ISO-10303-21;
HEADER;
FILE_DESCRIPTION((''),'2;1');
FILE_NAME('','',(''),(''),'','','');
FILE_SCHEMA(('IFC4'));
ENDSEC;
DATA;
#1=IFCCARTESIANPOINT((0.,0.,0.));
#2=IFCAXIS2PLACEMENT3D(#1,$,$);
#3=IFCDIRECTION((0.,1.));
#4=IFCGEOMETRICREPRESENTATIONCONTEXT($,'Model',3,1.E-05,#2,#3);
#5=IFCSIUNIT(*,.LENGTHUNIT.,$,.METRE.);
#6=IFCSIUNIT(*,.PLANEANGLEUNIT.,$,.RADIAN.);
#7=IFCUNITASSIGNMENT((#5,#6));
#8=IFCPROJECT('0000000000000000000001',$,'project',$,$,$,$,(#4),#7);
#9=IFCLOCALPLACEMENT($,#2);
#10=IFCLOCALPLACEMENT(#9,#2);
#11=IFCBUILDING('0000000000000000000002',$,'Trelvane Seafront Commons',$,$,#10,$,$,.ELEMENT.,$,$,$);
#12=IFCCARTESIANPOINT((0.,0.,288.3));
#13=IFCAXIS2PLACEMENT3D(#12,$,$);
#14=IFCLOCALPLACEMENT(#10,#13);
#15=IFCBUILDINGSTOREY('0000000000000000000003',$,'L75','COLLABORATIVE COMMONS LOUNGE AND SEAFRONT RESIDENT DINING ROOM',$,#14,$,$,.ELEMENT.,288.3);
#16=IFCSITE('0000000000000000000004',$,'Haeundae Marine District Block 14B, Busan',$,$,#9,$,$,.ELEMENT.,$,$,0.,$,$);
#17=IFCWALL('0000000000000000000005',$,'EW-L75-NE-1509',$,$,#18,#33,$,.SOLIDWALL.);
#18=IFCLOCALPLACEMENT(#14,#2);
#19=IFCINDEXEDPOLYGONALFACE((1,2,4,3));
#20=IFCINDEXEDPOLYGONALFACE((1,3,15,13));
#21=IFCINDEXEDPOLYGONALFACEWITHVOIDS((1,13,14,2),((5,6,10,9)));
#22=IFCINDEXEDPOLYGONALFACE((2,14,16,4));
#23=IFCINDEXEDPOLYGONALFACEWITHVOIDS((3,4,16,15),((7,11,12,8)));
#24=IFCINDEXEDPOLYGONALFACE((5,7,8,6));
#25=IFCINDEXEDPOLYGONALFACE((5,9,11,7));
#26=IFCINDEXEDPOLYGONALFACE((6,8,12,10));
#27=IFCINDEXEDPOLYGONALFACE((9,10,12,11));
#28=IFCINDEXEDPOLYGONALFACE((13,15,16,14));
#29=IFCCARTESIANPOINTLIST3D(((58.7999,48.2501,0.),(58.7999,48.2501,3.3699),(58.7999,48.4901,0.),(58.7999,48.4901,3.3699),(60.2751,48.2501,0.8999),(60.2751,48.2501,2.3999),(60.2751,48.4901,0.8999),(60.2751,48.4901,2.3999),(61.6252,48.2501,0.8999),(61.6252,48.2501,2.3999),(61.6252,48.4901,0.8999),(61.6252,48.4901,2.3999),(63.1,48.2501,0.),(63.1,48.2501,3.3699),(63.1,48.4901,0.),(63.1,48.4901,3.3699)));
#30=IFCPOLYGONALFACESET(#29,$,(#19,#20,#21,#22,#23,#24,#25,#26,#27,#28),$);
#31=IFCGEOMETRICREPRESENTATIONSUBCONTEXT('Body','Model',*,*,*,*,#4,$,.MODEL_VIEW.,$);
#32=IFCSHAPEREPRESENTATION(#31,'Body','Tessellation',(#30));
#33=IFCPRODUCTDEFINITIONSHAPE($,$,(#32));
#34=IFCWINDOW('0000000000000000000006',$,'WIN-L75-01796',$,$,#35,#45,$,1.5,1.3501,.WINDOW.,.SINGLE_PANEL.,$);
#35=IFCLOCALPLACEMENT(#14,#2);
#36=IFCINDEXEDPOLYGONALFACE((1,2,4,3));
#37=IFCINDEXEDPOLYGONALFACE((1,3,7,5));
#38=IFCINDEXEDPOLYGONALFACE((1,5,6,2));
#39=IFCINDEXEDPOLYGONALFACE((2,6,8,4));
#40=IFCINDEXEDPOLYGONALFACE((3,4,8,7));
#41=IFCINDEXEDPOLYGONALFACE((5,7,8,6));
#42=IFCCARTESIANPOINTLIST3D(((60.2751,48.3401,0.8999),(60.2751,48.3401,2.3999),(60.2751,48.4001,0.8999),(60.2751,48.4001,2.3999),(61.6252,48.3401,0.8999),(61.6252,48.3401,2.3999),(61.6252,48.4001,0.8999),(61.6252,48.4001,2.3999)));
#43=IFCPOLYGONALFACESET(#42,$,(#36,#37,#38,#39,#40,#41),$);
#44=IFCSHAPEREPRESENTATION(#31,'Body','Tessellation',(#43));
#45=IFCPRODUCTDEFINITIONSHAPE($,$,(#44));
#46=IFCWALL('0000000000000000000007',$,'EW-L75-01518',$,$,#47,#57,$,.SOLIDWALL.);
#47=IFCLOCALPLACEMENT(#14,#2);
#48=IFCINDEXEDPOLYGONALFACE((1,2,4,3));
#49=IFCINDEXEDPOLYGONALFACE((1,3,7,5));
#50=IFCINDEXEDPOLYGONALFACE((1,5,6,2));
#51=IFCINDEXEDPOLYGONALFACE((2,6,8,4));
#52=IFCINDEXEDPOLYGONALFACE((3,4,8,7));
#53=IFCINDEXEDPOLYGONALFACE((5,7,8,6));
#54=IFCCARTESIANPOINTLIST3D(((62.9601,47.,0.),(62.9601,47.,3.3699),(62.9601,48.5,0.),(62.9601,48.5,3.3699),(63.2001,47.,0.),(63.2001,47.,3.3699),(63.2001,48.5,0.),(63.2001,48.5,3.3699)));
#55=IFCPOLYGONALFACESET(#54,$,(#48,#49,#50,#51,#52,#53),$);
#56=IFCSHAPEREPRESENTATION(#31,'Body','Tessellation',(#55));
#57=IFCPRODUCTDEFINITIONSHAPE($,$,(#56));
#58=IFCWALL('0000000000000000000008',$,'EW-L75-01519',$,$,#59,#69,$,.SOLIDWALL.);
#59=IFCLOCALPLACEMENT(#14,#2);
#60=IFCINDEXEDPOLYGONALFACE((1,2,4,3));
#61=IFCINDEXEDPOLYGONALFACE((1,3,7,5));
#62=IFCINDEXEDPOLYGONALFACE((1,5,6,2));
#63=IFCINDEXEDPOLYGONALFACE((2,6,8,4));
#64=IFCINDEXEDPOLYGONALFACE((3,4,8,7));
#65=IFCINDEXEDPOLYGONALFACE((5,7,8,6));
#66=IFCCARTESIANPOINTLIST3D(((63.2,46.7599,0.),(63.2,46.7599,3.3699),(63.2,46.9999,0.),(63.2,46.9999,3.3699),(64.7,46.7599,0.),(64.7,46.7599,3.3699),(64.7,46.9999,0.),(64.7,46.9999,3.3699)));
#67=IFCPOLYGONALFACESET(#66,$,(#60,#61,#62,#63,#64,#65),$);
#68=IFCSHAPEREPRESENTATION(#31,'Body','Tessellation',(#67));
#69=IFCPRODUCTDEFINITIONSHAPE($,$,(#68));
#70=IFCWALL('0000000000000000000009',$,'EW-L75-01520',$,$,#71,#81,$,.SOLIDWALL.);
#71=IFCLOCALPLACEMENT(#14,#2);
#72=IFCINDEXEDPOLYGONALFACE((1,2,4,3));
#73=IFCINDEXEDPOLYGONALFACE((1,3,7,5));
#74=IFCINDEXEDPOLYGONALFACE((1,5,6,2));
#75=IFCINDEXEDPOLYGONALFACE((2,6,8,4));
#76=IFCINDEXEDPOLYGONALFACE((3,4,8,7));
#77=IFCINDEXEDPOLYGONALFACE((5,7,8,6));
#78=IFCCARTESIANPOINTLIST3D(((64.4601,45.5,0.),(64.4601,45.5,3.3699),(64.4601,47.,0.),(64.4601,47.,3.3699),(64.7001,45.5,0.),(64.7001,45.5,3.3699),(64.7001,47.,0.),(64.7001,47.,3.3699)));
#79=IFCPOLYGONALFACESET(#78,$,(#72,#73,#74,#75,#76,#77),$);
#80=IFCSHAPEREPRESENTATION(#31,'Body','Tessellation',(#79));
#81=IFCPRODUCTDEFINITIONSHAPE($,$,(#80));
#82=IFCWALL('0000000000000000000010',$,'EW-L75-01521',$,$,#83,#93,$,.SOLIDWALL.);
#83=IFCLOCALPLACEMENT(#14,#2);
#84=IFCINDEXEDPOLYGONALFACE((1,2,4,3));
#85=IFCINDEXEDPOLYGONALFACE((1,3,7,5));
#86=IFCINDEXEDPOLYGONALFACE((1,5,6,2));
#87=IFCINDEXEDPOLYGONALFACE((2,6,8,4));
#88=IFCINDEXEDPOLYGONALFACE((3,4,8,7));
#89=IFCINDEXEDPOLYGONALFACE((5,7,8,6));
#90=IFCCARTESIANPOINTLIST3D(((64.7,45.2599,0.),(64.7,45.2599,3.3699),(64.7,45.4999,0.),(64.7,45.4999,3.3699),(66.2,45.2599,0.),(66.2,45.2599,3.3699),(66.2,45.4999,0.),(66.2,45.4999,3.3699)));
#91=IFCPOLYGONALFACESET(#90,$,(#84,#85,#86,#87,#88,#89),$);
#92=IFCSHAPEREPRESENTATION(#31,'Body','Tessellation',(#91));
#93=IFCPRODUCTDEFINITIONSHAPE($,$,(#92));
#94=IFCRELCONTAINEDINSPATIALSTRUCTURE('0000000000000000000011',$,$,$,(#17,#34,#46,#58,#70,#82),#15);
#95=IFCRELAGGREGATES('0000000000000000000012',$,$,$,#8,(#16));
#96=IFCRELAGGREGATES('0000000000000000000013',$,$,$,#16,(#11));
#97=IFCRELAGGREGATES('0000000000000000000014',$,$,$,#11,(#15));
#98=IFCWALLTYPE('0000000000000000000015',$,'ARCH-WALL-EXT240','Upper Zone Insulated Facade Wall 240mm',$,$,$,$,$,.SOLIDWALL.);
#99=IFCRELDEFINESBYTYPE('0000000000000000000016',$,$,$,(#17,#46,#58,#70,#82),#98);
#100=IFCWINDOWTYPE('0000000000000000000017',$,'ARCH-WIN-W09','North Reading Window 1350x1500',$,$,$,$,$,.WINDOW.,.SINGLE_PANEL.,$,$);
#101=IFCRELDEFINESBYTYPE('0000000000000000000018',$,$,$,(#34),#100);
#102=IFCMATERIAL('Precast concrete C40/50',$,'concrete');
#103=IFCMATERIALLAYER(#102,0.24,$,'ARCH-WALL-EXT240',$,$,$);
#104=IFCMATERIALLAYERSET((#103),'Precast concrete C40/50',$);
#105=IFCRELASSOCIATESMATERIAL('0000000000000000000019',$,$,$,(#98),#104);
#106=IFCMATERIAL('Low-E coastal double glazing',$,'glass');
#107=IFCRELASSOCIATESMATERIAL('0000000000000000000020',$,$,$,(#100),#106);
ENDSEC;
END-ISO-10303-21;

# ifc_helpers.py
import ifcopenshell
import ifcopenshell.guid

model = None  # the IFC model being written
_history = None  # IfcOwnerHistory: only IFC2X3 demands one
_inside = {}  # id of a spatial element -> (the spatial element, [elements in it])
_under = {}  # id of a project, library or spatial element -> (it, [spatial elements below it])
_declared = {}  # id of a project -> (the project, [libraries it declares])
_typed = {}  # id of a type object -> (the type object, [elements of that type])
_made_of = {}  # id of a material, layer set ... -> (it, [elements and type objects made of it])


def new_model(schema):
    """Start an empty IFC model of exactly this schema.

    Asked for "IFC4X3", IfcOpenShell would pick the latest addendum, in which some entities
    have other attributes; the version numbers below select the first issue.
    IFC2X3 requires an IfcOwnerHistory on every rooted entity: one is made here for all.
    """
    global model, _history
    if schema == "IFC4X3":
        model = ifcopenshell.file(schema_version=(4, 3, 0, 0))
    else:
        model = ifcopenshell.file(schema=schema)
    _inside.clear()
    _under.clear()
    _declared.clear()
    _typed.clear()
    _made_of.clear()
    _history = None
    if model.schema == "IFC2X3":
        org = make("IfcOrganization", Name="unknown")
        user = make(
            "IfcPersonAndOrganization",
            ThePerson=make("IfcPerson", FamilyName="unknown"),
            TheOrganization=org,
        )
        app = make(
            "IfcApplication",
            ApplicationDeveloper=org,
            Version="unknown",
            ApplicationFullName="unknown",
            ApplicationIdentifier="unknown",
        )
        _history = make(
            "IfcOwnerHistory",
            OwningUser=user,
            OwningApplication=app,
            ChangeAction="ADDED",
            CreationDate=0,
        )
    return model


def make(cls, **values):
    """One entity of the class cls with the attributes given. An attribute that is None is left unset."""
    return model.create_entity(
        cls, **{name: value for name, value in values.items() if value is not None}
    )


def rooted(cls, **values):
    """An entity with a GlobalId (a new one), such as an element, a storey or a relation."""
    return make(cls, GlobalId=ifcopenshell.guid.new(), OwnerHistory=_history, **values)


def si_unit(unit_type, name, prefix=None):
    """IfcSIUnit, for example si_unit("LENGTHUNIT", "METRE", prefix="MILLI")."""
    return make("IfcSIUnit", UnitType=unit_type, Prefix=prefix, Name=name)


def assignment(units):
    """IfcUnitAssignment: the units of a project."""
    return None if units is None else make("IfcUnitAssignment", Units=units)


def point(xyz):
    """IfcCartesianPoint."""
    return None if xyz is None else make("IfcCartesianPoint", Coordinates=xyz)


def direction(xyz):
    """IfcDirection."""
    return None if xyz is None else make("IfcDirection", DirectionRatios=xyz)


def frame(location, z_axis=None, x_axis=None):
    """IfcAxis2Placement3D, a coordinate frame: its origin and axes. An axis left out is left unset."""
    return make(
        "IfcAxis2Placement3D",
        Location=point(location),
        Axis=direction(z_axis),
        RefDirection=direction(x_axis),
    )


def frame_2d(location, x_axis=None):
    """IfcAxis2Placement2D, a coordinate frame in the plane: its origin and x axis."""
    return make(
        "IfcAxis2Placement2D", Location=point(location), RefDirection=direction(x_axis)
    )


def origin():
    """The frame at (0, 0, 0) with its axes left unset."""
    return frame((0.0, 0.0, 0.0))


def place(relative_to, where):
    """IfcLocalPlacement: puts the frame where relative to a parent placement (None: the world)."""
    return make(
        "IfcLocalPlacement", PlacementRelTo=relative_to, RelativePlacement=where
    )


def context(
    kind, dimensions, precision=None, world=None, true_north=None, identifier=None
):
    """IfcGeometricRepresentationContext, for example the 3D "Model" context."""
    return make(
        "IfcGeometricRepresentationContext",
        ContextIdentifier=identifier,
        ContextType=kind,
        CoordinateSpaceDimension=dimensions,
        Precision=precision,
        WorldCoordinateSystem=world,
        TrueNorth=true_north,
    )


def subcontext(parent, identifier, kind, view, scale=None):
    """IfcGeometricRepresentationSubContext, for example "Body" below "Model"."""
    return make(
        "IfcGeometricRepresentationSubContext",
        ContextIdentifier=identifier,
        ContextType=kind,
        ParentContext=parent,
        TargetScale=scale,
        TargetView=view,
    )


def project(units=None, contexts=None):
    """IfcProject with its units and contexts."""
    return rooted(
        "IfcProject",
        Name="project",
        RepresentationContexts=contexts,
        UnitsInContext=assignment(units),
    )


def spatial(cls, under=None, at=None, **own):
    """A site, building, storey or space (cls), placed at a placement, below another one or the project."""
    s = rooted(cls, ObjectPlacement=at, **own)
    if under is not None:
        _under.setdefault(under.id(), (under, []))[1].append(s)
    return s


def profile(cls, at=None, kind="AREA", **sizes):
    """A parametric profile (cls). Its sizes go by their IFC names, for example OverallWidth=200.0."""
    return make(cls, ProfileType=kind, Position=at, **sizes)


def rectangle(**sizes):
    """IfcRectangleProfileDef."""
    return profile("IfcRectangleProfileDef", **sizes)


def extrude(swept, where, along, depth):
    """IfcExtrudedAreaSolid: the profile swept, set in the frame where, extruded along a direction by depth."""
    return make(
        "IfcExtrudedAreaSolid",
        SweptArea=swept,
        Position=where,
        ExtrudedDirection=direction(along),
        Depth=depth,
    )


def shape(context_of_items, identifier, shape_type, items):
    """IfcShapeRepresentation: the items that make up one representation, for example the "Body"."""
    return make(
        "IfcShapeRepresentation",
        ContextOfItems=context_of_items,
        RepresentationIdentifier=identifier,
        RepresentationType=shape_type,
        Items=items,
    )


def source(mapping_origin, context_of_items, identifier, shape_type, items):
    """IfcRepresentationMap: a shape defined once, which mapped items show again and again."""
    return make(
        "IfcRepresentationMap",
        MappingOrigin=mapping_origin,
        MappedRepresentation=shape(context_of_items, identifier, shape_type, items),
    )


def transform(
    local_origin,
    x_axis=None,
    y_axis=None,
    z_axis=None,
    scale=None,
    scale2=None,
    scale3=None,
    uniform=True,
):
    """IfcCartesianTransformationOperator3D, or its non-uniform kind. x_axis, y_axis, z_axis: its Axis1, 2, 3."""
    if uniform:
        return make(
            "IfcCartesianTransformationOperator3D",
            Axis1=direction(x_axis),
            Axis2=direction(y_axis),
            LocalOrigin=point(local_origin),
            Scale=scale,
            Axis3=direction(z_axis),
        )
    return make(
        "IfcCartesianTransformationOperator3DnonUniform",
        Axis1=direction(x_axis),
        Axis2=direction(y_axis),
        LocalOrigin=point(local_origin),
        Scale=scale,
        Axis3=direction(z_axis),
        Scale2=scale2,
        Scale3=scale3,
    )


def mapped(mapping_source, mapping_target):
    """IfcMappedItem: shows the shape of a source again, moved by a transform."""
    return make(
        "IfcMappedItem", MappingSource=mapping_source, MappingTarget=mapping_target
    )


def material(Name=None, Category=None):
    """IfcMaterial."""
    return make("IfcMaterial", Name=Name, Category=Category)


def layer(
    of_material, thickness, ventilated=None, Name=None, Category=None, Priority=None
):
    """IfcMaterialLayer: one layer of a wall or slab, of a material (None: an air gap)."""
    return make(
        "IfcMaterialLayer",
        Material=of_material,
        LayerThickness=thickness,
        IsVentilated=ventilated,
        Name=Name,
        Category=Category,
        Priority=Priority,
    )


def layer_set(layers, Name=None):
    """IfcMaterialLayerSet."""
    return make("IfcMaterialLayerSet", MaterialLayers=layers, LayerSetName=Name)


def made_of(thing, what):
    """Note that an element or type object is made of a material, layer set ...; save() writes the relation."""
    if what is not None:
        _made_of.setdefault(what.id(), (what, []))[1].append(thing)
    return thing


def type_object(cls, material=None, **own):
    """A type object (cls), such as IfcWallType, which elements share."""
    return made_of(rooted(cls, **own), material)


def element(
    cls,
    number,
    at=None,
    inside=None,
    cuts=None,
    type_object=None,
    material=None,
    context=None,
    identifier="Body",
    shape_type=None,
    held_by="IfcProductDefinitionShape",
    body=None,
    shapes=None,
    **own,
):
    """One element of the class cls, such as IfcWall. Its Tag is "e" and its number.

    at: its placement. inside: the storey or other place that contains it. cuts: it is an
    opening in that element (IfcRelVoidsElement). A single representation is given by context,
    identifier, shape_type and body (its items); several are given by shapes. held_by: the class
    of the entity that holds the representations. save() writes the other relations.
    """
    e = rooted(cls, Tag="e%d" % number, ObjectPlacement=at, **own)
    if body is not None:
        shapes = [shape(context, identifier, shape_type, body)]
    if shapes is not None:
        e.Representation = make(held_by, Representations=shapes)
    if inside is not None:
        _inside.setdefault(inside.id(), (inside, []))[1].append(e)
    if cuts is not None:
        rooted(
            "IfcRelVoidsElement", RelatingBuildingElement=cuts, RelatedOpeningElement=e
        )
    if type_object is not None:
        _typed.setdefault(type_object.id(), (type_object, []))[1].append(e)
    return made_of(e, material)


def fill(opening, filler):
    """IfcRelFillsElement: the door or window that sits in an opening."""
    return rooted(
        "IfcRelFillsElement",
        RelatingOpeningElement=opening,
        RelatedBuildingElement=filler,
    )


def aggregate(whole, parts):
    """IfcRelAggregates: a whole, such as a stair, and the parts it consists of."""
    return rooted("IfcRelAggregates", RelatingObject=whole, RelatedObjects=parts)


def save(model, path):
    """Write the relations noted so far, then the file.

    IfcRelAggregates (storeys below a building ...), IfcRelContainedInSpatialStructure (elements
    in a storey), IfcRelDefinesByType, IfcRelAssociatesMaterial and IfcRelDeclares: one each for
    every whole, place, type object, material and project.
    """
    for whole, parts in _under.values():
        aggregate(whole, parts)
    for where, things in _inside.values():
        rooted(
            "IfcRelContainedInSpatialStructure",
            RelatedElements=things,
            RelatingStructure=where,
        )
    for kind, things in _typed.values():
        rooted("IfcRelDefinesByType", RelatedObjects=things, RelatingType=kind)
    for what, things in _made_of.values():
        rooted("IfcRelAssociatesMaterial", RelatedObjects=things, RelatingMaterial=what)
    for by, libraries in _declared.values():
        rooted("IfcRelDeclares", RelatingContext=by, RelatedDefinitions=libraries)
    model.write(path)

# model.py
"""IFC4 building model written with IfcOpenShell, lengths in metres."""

from ifc_helpers import new_model, si_unit, direction, frame, frame_2d, origin, place, context, subcontext, project, spatial, rectangle, extrude, source, transform, mapped, material, layer, layer_set, type_object, element, fill, save


model = new_model("IFC4")

# Units and contexts
model_context = context("Model", 3, precision=1e-05, world=origin(), true_north=direction((0.0, 1.0)))
body_context = subcontext(model_context, "Body", "Model", "MODEL_VIEW")
ifc_project = project(units=[si_unit("LENGTHUNIT", "METRE"), si_unit("PLANEANGLEUNIT", "RADIAN")], contexts=[model_context])

# Site, building, storey
site_placement = place(None, origin())
site = spatial("IfcSite", under=ifc_project, at=site_placement, Name="Haeundae Marine District Block 14B, Busan", CompositionType="ELEMENT", RefElevation=0.0)
building_placement = place(site_placement, origin())
building = spatial("IfcBuilding", under=site, at=building_placement, Name="Trelvane Seafront Commons", CompositionType="ELEMENT")
storey_placement = place(building_placement, frame((0.0, 0.0, 288.3)))
storey = spatial("IfcBuildingStorey", under=building, at=storey_placement, Name="L75", Description="COLLABORATIVE COMMONS LOUNGE AND SEAFRONT RESIDENT DINING ROOM", CompositionType="ELEMENT", Elevation=288.3)

# Shared definitions
ifc_material_1 = material(Name="Low-E coastal double glazing", Category="glass")

# Wall, opening, window
ifc_material_2 = material(Name="Precast concrete C40/50", Category="concrete")
ifc_layer_1 = layer(ifc_material_2, 0.24, Name="ARCH-WALL-EXT240")
ifc_layer_set_1 = layer_set([ifc_layer_1], Name="Precast concrete C40/50")
wall_type_1 = type_object("IfcWallType", Name="ARCH-WALL-EXT240", Description="Upper Zone Insulated Facade Wall 240mm", PredefinedType="SOLIDWALL", material=ifc_layer_set_1)
wall_1_placement = place(storey_placement, frame((58.8, 48.3701, 0.0), z_axis=(0.0, 0.0, 1.0), x_axis=(1.0, 0.0, 0.0)))
wall_1 = element("IfcWall", 1, at=wall_1_placement, inside=storey, type_object=wall_type_1, Name="EW-L75-NE-1509", PredefinedType="SOLIDWALL", context=body_context, shape_type="SweptSolid", body=[
    extrude(rectangle(XDim=4.3, YDim=0.24, at=frame_2d((2.1499, 0.0))), origin(), (0.0, 0.0, 1.0), 3.3699),
])
opening_1_placement = place(wall_1_placement, frame((1.4751, 0.0, 0.8999)))
opening_1 = element("IfcOpeningElement", 2, at=opening_1_placement, cuts=wall_1, PredefinedType="OPENING", context=body_context, shape_type="SweptSolid", body=[
    extrude(rectangle(XDim=1.3501, YDim=1.5, at=frame_2d((0.675, 0.75))), frame((0.0, 0.1299, 0.0), z_axis=(0.0, -1.0, 0.0), x_axis=(1.0, 0.0, 0.0)), (0.0, 0.0, 1.0), 0.26),
])
window_type_1 = type_object("IfcWindowType", Name="ARCH-WIN-W09", Description="North Reading Window 1350x1500", PartitioningType="SINGLE_PANEL", PredefinedType="WINDOW", material=ifc_material_1)
shared_shape_1 = source(origin(), body_context, "Body", "SweptSolid", [
    extrude(rectangle(XDim=1.3501, YDim=1.5, at=frame_2d((0.675, 0.75))), frame((0.0, 0.03, 0.0), z_axis=(0.0, -1.0, 0.0), x_axis=(1.0, 0.0, 0.0)), (0.0, 0.0, 1.0), 0.0601),
])
window_1_placement = place(opening_1_placement, origin())
window_1 = element("IfcWindow", 3, at=window_1_placement, inside=storey, type_object=window_type_1, Name="WIN-L75-01796", OverallHeight=1.5, OverallWidth=1.3501, PartitioningType="SINGLE_PANEL", PredefinedType="WINDOW", context=body_context, shape_type="MappedRepresentation", body=[
    mapped(shared_shape_1, transform((0.0, 0.0, 0.0), x_axis=(1.0, 0.0, 0.0), y_axis=(0.0, 1.0, 0.0), z_axis=(0.0, 0.0, 1.0), scale=1.0)),
])
fill(opening_1, window_1)

# Walls
for number, where, z_axis, x_axis, name in (
    (4, (63.0801, 48.5, 0.0), (0.0, 0.0, 1.0), (0.0, -1.0, 0.0), "EW-L75-01518"),
    (5, (63.2, 46.8799, 0.0), (0.0, 0.0, 1.0), (1.0, 0.0, 0.0), "EW-L75-01519"),
    (6, (64.5801, 47.0, 0.0), (0.0, 0.0, 1.0), (0.0, -1.0, 0.0), "EW-L75-01520"),
    (7, (64.7, 45.3799, 0.0), (0.0, 0.0, 1.0), (1.0, 0.0, 0.0), "EW-L75-01521"),
):
    element("IfcWall", number, at=place(storey_placement, frame(where, z_axis=z_axis, x_axis=x_axis)), inside=storey, type_object=wall_type_1, Name=name, PredefinedType="SOLIDWALL", context=body_context, shape_type="SweptSolid", body=[
        extrude(rectangle(XDim=1.5, YDim=0.24, at=frame_2d((0.75, 0.0))), origin(), (0.0, 0.0, 1.0), 3.3699),
    ])

save(model, "model.ifc")
